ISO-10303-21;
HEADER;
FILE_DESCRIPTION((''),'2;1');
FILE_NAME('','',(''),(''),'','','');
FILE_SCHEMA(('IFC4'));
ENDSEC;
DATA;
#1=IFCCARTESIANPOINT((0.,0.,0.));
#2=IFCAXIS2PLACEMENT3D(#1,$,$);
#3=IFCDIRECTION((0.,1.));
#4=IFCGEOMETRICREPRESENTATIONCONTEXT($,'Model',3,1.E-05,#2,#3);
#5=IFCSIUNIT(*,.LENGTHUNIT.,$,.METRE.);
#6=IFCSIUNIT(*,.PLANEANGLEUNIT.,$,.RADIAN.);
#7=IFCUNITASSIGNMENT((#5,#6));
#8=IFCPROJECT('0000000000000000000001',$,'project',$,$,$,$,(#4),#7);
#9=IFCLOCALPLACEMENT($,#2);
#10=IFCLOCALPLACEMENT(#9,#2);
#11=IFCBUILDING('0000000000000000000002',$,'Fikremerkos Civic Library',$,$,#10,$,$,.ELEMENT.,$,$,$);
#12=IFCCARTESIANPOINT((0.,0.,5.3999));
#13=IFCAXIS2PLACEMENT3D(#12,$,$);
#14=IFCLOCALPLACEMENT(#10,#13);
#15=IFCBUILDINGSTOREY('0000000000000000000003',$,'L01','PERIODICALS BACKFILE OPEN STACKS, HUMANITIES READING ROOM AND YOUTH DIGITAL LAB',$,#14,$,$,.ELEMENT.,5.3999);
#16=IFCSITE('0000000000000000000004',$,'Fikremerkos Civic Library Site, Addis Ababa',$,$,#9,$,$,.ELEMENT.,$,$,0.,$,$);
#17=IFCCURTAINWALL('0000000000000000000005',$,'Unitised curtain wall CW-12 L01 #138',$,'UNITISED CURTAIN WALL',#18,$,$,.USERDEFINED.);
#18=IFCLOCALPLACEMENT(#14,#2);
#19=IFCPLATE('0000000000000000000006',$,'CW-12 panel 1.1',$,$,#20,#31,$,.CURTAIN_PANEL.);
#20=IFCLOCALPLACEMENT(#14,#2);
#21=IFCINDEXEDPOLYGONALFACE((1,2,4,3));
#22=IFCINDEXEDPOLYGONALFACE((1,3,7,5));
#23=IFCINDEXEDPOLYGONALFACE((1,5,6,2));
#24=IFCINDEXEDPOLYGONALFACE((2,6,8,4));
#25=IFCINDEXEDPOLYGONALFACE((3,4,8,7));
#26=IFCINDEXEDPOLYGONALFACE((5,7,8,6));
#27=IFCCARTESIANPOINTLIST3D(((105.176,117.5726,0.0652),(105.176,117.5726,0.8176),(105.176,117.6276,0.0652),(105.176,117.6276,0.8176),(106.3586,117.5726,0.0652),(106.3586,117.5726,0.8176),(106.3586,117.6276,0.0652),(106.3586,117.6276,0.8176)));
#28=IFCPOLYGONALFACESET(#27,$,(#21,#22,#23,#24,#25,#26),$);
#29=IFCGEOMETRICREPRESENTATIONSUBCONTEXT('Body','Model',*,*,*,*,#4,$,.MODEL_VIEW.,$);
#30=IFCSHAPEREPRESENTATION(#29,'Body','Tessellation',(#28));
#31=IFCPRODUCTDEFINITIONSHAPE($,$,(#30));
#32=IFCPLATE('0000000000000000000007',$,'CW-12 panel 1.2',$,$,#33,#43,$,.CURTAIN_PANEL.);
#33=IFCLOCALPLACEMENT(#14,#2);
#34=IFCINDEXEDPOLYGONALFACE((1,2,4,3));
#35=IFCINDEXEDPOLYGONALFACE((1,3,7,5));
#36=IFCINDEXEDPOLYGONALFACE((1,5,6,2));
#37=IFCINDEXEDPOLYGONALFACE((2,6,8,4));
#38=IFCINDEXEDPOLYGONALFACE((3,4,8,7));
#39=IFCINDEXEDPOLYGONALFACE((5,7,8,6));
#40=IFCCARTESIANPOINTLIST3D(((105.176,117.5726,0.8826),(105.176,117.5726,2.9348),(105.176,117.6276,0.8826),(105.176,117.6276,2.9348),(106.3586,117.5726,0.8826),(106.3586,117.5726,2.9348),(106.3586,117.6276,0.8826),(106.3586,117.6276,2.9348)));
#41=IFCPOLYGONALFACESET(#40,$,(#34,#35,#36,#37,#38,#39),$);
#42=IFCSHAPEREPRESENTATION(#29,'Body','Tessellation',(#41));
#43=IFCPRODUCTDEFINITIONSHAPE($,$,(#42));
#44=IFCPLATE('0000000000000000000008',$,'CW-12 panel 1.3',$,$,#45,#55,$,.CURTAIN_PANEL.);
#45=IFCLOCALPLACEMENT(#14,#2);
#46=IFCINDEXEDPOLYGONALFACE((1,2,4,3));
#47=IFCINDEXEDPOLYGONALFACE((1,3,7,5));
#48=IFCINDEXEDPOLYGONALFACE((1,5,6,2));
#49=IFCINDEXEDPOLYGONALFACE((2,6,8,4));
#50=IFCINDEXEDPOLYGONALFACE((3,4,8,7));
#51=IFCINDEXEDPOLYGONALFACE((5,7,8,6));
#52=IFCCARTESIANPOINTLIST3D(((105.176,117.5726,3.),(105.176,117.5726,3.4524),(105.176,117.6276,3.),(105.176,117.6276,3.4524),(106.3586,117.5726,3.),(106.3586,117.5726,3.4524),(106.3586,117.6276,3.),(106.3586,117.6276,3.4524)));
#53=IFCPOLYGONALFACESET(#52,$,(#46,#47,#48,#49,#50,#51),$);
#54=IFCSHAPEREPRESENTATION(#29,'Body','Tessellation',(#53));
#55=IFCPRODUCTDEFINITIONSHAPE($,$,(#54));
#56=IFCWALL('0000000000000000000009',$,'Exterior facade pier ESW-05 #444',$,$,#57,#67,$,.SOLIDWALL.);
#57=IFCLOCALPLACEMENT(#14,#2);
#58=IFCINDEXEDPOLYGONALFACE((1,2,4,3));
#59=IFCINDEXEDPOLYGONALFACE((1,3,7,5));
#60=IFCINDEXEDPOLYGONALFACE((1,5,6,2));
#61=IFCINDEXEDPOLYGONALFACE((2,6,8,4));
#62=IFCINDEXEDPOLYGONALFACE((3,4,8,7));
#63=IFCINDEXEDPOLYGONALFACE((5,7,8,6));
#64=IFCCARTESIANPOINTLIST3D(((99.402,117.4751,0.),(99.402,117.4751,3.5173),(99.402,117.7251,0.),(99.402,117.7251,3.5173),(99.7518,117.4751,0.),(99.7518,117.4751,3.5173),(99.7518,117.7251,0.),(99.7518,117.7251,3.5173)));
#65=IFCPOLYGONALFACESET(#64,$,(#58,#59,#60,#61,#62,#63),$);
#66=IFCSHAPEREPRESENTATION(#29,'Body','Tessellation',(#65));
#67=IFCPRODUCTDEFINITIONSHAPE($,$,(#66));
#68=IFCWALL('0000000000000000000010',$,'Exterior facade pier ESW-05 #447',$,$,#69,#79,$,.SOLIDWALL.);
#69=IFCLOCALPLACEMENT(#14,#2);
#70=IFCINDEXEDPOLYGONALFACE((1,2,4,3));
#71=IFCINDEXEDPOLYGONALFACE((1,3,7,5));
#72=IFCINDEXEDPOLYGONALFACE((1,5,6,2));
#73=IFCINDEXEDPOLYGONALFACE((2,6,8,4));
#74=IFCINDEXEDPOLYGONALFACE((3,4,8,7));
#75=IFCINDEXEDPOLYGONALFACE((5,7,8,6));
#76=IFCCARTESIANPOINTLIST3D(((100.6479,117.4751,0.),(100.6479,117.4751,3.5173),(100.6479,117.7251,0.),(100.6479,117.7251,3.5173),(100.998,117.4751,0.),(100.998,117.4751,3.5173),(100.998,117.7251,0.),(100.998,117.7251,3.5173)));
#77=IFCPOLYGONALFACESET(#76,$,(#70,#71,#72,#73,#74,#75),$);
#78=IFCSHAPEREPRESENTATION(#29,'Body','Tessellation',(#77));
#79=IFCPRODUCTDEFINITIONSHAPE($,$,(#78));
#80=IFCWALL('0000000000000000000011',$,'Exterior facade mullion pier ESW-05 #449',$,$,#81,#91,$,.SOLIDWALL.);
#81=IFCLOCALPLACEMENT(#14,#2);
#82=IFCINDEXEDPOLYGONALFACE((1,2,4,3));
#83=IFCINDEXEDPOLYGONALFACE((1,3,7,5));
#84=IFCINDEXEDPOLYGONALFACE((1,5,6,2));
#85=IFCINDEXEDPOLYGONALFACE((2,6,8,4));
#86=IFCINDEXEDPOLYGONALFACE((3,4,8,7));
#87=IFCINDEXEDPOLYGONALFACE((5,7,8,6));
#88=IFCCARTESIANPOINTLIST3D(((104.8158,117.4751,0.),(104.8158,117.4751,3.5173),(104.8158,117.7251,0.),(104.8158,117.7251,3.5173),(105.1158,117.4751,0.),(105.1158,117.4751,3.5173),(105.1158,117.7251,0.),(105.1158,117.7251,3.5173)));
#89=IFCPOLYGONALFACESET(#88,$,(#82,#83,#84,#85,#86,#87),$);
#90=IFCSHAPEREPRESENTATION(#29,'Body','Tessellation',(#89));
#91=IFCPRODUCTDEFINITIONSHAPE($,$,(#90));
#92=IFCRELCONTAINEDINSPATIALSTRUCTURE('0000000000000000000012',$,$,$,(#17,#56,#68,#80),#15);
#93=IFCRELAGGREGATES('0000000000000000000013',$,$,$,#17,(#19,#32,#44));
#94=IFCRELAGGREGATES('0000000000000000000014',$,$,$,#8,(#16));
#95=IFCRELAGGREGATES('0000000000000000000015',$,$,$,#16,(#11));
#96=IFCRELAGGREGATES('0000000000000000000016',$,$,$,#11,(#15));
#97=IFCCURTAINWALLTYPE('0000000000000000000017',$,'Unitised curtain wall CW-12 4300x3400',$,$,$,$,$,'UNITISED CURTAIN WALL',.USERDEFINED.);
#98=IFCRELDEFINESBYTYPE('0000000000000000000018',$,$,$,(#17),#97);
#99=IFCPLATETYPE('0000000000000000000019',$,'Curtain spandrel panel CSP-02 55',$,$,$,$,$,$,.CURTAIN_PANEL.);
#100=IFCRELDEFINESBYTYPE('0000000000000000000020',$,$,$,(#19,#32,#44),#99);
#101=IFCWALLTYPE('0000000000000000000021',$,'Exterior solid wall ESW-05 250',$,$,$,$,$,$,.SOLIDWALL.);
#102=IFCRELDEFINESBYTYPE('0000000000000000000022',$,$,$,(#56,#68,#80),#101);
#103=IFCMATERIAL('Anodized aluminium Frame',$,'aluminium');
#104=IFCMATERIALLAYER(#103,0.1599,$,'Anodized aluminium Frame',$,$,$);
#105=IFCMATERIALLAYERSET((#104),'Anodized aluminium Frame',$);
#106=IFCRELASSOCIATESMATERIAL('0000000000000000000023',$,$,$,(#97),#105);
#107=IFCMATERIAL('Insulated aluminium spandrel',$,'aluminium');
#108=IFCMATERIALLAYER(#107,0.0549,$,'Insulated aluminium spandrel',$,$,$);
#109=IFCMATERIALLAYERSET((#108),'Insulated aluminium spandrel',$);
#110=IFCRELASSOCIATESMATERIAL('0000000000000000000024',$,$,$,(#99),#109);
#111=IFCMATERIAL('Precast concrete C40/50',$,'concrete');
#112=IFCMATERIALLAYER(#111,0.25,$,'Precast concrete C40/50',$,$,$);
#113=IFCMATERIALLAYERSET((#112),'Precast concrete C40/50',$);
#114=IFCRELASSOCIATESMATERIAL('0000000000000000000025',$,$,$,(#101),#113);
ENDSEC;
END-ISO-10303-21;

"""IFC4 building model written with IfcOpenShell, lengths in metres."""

from ifc_helpers import new_model, si_unit, direction, frame, frame_2d, origin, origin_2d, place, context, subcontext, project, spatial, rectangle, extrude, material, layer, layer_set, type_object, element, aggregate, save


model = new_model("IFC4")

# Units and contexts
model_context = context("Model", 3, precision=1e-05, world=origin(), true_north=direction((0.0, 1.0)))
body_context = subcontext(model_context, "Body", "Model", "MODEL_VIEW")
ifc_project = project(units=[si_unit("LENGTHUNIT", "METRE"), si_unit("PLANEANGLEUNIT", "RADIAN")], contexts=[model_context])

# Site, building, storey
site_placement = place(None, origin())
site = spatial("IfcSite", under=ifc_project, at=site_placement, Name="Fikremerkos Civic Library Site, Addis Ababa", CompositionType="ELEMENT", RefElevation=0.0)
building_placement = place(site_placement, origin())
building = spatial("IfcBuilding", under=site, at=building_placement, Name="Fikremerkos Civic Library", CompositionType="ELEMENT")
storey_placement = place(building_placement, frame((0.0, 0.0, 5.3999)))
storey = spatial("IfcBuildingStorey", under=building, at=storey_placement, Name="L01", Description="PERIODICALS BACKFILE OPEN STACKS, HUMANITIES READING ROOM AND YOUTH DIGITAL LAB", CompositionType="ELEMENT", Elevation=5.3999)

# Shared definitions
ifc_material_1 = material(Name="Anodized aluminium Frame", Category="aluminium")

# Curtain wall
ifc_layer_1 = layer(ifc_material_1, 0.1599, Name="Anodized aluminium Frame")
ifc_layer_set_1 = layer_set([ifc_layer_1], Name="Anodized aluminium Frame")
curtain_wall_type_1 = type_object("IfcCurtainWallType", Name="Unitised curtain wall CW-12 4300x3400", ElementType="UNITISED CURTAIN WALL", PredefinedType="USERDEFINED", material=ifc_layer_set_1)
curtain_wall_1_placement = place(storey_placement, origin())
curtain_wall_1 = element("IfcCurtainWall", 1, at=curtain_wall_1_placement, inside=storey, type_object=curtain_wall_type_1, Name="Unitised curtain wall CW-12 L01 #138", ObjectType="UNITISED CURTAIN WALL", PredefinedType="USERDEFINED")

# Plates
ifc_material_2 = material(Name="Insulated aluminium spandrel", Category="aluminium")
ifc_layer_2 = layer(ifc_material_2, 0.0549, Name="Insulated aluminium spandrel")
ifc_layer_set_2 = layer_set([ifc_layer_2], Name="Insulated aluminium spandrel")
plate_type_1 = type_object("IfcPlateType", Name="Curtain spandrel panel CSP-02 55", PredefinedType="CURTAIN_PANEL", material=ifc_layer_set_2)
plate_1_placement = place(storey_placement, frame((105.7673, 117.6001, 0.0652), z_axis=(0.0, 0.0, 1.0), x_axis=(1.0, 0.0, 0.0)))
plate_1 = element("IfcPlate", 2, at=plate_1_placement, type_object=plate_type_1, Name="CW-12 panel 1.1", PredefinedType="CURTAIN_PANEL", context=body_context, shape_type="SweptSolid", body=[
    extrude(rectangle(XDim=1.1826, YDim=0.0549, at=origin_2d()), origin(), (0.0, 0.0, 1.0), 0.7524),
])
plate_2_placement = place(storey_placement, frame((105.7673, 117.6001, 0.8826), z_axis=(0.0, 0.0, 1.0), x_axis=(1.0, 0.0, 0.0)))
plate_2 = element("IfcPlate", 3, at=plate_2_placement, type_object=plate_type_1, Name="CW-12 panel 1.2", PredefinedType="CURTAIN_PANEL", context=body_context, shape_type="SweptSolid", body=[
    extrude(rectangle(XDim=1.1826, YDim=0.0549, at=origin_2d()), origin(), (0.0, 0.0, 1.0), 2.0522),
])
plate_3_placement = place(storey_placement, frame((105.7673, 117.6001, 3.0), z_axis=(0.0, 0.0, 1.0), x_axis=(1.0, 0.0, 0.0)))
plate_3 = element("IfcPlate", 4, at=plate_3_placement, type_object=plate_type_1, Name="CW-12 panel 1.3", PredefinedType="CURTAIN_PANEL", context=body_context, shape_type="SweptSolid", body=[
    extrude(rectangle(XDim=1.1826, YDim=0.0549, at=origin_2d()), origin(), (0.0, 0.0, 1.0), 0.4524),
])
aggregate(curtain_wall_1, [plate_1, plate_2, plate_3])

# Walls
ifc_material_3 = material(Name="Precast concrete C40/50", Category="concrete")
ifc_layer_3 = layer(ifc_material_3, 0.25, Name="Precast concrete C40/50")
ifc_layer_set_3 = layer_set([ifc_layer_3], Name="Precast concrete C40/50")
wall_type = type_object("IfcWallType", Name="Exterior solid wall ESW-05 250", PredefinedType="SOLIDWALL", material=ifc_layer_set_3)
wall_1_placement = place(storey_placement, frame((99.4021, 117.6001, 0.0), z_axis=(0.0, 0.0, 1.0), x_axis=(1.0, 0.0, 0.0)))
element("IfcWall", 5, at=wall_1_placement, inside=storey, type_object=wall_type, Name="Exterior facade pier ESW-05 #444", PredefinedType="SOLIDWALL", context=body_context, shape_type="SweptSolid", body=[
    extrude(rectangle(XDim=0.3499, YDim=0.25, at=frame_2d((0.1748, 0.0))), origin(), (0.0, 0.0, 1.0), 3.5173),
])
wall_2_placement = place(storey_placement, frame((100.6479, 117.6001, 0.0), z_axis=(0.0, 0.0, 1.0), x_axis=(1.0, 0.0, 0.0)))
element("IfcWall", 6, at=wall_2_placement, inside=storey, type_object=wall_type, Name="Exterior facade pier ESW-05 #447", PredefinedType="SOLIDWALL", context=body_context, shape_type="SweptSolid", body=[
    extrude(rectangle(XDim=0.3501, YDim=0.25, at=frame_2d((0.175, 0.0))), origin(), (0.0, 0.0, 1.0), 3.5173),
])
wall_3_placement = place(storey_placement, frame((104.8159, 117.6001, 0.0), z_axis=(0.0, 0.0, 1.0), x_axis=(1.0, 0.0, 0.0)))
element("IfcWall", 7, at=wall_3_placement, inside=storey, type_object=wall_type, Name="Exterior facade mullion pier ESW-05 #449", PredefinedType="SOLIDWALL", context=body_context, shape_type="SweptSolid", body=[
    extrude(rectangle(XDim=0.3, YDim=0.25, at=frame_2d((0.1499, 0.0))), origin(), (0.0, 0.0, 1.0), 3.5173),
])

save(model, "model.ifc")
